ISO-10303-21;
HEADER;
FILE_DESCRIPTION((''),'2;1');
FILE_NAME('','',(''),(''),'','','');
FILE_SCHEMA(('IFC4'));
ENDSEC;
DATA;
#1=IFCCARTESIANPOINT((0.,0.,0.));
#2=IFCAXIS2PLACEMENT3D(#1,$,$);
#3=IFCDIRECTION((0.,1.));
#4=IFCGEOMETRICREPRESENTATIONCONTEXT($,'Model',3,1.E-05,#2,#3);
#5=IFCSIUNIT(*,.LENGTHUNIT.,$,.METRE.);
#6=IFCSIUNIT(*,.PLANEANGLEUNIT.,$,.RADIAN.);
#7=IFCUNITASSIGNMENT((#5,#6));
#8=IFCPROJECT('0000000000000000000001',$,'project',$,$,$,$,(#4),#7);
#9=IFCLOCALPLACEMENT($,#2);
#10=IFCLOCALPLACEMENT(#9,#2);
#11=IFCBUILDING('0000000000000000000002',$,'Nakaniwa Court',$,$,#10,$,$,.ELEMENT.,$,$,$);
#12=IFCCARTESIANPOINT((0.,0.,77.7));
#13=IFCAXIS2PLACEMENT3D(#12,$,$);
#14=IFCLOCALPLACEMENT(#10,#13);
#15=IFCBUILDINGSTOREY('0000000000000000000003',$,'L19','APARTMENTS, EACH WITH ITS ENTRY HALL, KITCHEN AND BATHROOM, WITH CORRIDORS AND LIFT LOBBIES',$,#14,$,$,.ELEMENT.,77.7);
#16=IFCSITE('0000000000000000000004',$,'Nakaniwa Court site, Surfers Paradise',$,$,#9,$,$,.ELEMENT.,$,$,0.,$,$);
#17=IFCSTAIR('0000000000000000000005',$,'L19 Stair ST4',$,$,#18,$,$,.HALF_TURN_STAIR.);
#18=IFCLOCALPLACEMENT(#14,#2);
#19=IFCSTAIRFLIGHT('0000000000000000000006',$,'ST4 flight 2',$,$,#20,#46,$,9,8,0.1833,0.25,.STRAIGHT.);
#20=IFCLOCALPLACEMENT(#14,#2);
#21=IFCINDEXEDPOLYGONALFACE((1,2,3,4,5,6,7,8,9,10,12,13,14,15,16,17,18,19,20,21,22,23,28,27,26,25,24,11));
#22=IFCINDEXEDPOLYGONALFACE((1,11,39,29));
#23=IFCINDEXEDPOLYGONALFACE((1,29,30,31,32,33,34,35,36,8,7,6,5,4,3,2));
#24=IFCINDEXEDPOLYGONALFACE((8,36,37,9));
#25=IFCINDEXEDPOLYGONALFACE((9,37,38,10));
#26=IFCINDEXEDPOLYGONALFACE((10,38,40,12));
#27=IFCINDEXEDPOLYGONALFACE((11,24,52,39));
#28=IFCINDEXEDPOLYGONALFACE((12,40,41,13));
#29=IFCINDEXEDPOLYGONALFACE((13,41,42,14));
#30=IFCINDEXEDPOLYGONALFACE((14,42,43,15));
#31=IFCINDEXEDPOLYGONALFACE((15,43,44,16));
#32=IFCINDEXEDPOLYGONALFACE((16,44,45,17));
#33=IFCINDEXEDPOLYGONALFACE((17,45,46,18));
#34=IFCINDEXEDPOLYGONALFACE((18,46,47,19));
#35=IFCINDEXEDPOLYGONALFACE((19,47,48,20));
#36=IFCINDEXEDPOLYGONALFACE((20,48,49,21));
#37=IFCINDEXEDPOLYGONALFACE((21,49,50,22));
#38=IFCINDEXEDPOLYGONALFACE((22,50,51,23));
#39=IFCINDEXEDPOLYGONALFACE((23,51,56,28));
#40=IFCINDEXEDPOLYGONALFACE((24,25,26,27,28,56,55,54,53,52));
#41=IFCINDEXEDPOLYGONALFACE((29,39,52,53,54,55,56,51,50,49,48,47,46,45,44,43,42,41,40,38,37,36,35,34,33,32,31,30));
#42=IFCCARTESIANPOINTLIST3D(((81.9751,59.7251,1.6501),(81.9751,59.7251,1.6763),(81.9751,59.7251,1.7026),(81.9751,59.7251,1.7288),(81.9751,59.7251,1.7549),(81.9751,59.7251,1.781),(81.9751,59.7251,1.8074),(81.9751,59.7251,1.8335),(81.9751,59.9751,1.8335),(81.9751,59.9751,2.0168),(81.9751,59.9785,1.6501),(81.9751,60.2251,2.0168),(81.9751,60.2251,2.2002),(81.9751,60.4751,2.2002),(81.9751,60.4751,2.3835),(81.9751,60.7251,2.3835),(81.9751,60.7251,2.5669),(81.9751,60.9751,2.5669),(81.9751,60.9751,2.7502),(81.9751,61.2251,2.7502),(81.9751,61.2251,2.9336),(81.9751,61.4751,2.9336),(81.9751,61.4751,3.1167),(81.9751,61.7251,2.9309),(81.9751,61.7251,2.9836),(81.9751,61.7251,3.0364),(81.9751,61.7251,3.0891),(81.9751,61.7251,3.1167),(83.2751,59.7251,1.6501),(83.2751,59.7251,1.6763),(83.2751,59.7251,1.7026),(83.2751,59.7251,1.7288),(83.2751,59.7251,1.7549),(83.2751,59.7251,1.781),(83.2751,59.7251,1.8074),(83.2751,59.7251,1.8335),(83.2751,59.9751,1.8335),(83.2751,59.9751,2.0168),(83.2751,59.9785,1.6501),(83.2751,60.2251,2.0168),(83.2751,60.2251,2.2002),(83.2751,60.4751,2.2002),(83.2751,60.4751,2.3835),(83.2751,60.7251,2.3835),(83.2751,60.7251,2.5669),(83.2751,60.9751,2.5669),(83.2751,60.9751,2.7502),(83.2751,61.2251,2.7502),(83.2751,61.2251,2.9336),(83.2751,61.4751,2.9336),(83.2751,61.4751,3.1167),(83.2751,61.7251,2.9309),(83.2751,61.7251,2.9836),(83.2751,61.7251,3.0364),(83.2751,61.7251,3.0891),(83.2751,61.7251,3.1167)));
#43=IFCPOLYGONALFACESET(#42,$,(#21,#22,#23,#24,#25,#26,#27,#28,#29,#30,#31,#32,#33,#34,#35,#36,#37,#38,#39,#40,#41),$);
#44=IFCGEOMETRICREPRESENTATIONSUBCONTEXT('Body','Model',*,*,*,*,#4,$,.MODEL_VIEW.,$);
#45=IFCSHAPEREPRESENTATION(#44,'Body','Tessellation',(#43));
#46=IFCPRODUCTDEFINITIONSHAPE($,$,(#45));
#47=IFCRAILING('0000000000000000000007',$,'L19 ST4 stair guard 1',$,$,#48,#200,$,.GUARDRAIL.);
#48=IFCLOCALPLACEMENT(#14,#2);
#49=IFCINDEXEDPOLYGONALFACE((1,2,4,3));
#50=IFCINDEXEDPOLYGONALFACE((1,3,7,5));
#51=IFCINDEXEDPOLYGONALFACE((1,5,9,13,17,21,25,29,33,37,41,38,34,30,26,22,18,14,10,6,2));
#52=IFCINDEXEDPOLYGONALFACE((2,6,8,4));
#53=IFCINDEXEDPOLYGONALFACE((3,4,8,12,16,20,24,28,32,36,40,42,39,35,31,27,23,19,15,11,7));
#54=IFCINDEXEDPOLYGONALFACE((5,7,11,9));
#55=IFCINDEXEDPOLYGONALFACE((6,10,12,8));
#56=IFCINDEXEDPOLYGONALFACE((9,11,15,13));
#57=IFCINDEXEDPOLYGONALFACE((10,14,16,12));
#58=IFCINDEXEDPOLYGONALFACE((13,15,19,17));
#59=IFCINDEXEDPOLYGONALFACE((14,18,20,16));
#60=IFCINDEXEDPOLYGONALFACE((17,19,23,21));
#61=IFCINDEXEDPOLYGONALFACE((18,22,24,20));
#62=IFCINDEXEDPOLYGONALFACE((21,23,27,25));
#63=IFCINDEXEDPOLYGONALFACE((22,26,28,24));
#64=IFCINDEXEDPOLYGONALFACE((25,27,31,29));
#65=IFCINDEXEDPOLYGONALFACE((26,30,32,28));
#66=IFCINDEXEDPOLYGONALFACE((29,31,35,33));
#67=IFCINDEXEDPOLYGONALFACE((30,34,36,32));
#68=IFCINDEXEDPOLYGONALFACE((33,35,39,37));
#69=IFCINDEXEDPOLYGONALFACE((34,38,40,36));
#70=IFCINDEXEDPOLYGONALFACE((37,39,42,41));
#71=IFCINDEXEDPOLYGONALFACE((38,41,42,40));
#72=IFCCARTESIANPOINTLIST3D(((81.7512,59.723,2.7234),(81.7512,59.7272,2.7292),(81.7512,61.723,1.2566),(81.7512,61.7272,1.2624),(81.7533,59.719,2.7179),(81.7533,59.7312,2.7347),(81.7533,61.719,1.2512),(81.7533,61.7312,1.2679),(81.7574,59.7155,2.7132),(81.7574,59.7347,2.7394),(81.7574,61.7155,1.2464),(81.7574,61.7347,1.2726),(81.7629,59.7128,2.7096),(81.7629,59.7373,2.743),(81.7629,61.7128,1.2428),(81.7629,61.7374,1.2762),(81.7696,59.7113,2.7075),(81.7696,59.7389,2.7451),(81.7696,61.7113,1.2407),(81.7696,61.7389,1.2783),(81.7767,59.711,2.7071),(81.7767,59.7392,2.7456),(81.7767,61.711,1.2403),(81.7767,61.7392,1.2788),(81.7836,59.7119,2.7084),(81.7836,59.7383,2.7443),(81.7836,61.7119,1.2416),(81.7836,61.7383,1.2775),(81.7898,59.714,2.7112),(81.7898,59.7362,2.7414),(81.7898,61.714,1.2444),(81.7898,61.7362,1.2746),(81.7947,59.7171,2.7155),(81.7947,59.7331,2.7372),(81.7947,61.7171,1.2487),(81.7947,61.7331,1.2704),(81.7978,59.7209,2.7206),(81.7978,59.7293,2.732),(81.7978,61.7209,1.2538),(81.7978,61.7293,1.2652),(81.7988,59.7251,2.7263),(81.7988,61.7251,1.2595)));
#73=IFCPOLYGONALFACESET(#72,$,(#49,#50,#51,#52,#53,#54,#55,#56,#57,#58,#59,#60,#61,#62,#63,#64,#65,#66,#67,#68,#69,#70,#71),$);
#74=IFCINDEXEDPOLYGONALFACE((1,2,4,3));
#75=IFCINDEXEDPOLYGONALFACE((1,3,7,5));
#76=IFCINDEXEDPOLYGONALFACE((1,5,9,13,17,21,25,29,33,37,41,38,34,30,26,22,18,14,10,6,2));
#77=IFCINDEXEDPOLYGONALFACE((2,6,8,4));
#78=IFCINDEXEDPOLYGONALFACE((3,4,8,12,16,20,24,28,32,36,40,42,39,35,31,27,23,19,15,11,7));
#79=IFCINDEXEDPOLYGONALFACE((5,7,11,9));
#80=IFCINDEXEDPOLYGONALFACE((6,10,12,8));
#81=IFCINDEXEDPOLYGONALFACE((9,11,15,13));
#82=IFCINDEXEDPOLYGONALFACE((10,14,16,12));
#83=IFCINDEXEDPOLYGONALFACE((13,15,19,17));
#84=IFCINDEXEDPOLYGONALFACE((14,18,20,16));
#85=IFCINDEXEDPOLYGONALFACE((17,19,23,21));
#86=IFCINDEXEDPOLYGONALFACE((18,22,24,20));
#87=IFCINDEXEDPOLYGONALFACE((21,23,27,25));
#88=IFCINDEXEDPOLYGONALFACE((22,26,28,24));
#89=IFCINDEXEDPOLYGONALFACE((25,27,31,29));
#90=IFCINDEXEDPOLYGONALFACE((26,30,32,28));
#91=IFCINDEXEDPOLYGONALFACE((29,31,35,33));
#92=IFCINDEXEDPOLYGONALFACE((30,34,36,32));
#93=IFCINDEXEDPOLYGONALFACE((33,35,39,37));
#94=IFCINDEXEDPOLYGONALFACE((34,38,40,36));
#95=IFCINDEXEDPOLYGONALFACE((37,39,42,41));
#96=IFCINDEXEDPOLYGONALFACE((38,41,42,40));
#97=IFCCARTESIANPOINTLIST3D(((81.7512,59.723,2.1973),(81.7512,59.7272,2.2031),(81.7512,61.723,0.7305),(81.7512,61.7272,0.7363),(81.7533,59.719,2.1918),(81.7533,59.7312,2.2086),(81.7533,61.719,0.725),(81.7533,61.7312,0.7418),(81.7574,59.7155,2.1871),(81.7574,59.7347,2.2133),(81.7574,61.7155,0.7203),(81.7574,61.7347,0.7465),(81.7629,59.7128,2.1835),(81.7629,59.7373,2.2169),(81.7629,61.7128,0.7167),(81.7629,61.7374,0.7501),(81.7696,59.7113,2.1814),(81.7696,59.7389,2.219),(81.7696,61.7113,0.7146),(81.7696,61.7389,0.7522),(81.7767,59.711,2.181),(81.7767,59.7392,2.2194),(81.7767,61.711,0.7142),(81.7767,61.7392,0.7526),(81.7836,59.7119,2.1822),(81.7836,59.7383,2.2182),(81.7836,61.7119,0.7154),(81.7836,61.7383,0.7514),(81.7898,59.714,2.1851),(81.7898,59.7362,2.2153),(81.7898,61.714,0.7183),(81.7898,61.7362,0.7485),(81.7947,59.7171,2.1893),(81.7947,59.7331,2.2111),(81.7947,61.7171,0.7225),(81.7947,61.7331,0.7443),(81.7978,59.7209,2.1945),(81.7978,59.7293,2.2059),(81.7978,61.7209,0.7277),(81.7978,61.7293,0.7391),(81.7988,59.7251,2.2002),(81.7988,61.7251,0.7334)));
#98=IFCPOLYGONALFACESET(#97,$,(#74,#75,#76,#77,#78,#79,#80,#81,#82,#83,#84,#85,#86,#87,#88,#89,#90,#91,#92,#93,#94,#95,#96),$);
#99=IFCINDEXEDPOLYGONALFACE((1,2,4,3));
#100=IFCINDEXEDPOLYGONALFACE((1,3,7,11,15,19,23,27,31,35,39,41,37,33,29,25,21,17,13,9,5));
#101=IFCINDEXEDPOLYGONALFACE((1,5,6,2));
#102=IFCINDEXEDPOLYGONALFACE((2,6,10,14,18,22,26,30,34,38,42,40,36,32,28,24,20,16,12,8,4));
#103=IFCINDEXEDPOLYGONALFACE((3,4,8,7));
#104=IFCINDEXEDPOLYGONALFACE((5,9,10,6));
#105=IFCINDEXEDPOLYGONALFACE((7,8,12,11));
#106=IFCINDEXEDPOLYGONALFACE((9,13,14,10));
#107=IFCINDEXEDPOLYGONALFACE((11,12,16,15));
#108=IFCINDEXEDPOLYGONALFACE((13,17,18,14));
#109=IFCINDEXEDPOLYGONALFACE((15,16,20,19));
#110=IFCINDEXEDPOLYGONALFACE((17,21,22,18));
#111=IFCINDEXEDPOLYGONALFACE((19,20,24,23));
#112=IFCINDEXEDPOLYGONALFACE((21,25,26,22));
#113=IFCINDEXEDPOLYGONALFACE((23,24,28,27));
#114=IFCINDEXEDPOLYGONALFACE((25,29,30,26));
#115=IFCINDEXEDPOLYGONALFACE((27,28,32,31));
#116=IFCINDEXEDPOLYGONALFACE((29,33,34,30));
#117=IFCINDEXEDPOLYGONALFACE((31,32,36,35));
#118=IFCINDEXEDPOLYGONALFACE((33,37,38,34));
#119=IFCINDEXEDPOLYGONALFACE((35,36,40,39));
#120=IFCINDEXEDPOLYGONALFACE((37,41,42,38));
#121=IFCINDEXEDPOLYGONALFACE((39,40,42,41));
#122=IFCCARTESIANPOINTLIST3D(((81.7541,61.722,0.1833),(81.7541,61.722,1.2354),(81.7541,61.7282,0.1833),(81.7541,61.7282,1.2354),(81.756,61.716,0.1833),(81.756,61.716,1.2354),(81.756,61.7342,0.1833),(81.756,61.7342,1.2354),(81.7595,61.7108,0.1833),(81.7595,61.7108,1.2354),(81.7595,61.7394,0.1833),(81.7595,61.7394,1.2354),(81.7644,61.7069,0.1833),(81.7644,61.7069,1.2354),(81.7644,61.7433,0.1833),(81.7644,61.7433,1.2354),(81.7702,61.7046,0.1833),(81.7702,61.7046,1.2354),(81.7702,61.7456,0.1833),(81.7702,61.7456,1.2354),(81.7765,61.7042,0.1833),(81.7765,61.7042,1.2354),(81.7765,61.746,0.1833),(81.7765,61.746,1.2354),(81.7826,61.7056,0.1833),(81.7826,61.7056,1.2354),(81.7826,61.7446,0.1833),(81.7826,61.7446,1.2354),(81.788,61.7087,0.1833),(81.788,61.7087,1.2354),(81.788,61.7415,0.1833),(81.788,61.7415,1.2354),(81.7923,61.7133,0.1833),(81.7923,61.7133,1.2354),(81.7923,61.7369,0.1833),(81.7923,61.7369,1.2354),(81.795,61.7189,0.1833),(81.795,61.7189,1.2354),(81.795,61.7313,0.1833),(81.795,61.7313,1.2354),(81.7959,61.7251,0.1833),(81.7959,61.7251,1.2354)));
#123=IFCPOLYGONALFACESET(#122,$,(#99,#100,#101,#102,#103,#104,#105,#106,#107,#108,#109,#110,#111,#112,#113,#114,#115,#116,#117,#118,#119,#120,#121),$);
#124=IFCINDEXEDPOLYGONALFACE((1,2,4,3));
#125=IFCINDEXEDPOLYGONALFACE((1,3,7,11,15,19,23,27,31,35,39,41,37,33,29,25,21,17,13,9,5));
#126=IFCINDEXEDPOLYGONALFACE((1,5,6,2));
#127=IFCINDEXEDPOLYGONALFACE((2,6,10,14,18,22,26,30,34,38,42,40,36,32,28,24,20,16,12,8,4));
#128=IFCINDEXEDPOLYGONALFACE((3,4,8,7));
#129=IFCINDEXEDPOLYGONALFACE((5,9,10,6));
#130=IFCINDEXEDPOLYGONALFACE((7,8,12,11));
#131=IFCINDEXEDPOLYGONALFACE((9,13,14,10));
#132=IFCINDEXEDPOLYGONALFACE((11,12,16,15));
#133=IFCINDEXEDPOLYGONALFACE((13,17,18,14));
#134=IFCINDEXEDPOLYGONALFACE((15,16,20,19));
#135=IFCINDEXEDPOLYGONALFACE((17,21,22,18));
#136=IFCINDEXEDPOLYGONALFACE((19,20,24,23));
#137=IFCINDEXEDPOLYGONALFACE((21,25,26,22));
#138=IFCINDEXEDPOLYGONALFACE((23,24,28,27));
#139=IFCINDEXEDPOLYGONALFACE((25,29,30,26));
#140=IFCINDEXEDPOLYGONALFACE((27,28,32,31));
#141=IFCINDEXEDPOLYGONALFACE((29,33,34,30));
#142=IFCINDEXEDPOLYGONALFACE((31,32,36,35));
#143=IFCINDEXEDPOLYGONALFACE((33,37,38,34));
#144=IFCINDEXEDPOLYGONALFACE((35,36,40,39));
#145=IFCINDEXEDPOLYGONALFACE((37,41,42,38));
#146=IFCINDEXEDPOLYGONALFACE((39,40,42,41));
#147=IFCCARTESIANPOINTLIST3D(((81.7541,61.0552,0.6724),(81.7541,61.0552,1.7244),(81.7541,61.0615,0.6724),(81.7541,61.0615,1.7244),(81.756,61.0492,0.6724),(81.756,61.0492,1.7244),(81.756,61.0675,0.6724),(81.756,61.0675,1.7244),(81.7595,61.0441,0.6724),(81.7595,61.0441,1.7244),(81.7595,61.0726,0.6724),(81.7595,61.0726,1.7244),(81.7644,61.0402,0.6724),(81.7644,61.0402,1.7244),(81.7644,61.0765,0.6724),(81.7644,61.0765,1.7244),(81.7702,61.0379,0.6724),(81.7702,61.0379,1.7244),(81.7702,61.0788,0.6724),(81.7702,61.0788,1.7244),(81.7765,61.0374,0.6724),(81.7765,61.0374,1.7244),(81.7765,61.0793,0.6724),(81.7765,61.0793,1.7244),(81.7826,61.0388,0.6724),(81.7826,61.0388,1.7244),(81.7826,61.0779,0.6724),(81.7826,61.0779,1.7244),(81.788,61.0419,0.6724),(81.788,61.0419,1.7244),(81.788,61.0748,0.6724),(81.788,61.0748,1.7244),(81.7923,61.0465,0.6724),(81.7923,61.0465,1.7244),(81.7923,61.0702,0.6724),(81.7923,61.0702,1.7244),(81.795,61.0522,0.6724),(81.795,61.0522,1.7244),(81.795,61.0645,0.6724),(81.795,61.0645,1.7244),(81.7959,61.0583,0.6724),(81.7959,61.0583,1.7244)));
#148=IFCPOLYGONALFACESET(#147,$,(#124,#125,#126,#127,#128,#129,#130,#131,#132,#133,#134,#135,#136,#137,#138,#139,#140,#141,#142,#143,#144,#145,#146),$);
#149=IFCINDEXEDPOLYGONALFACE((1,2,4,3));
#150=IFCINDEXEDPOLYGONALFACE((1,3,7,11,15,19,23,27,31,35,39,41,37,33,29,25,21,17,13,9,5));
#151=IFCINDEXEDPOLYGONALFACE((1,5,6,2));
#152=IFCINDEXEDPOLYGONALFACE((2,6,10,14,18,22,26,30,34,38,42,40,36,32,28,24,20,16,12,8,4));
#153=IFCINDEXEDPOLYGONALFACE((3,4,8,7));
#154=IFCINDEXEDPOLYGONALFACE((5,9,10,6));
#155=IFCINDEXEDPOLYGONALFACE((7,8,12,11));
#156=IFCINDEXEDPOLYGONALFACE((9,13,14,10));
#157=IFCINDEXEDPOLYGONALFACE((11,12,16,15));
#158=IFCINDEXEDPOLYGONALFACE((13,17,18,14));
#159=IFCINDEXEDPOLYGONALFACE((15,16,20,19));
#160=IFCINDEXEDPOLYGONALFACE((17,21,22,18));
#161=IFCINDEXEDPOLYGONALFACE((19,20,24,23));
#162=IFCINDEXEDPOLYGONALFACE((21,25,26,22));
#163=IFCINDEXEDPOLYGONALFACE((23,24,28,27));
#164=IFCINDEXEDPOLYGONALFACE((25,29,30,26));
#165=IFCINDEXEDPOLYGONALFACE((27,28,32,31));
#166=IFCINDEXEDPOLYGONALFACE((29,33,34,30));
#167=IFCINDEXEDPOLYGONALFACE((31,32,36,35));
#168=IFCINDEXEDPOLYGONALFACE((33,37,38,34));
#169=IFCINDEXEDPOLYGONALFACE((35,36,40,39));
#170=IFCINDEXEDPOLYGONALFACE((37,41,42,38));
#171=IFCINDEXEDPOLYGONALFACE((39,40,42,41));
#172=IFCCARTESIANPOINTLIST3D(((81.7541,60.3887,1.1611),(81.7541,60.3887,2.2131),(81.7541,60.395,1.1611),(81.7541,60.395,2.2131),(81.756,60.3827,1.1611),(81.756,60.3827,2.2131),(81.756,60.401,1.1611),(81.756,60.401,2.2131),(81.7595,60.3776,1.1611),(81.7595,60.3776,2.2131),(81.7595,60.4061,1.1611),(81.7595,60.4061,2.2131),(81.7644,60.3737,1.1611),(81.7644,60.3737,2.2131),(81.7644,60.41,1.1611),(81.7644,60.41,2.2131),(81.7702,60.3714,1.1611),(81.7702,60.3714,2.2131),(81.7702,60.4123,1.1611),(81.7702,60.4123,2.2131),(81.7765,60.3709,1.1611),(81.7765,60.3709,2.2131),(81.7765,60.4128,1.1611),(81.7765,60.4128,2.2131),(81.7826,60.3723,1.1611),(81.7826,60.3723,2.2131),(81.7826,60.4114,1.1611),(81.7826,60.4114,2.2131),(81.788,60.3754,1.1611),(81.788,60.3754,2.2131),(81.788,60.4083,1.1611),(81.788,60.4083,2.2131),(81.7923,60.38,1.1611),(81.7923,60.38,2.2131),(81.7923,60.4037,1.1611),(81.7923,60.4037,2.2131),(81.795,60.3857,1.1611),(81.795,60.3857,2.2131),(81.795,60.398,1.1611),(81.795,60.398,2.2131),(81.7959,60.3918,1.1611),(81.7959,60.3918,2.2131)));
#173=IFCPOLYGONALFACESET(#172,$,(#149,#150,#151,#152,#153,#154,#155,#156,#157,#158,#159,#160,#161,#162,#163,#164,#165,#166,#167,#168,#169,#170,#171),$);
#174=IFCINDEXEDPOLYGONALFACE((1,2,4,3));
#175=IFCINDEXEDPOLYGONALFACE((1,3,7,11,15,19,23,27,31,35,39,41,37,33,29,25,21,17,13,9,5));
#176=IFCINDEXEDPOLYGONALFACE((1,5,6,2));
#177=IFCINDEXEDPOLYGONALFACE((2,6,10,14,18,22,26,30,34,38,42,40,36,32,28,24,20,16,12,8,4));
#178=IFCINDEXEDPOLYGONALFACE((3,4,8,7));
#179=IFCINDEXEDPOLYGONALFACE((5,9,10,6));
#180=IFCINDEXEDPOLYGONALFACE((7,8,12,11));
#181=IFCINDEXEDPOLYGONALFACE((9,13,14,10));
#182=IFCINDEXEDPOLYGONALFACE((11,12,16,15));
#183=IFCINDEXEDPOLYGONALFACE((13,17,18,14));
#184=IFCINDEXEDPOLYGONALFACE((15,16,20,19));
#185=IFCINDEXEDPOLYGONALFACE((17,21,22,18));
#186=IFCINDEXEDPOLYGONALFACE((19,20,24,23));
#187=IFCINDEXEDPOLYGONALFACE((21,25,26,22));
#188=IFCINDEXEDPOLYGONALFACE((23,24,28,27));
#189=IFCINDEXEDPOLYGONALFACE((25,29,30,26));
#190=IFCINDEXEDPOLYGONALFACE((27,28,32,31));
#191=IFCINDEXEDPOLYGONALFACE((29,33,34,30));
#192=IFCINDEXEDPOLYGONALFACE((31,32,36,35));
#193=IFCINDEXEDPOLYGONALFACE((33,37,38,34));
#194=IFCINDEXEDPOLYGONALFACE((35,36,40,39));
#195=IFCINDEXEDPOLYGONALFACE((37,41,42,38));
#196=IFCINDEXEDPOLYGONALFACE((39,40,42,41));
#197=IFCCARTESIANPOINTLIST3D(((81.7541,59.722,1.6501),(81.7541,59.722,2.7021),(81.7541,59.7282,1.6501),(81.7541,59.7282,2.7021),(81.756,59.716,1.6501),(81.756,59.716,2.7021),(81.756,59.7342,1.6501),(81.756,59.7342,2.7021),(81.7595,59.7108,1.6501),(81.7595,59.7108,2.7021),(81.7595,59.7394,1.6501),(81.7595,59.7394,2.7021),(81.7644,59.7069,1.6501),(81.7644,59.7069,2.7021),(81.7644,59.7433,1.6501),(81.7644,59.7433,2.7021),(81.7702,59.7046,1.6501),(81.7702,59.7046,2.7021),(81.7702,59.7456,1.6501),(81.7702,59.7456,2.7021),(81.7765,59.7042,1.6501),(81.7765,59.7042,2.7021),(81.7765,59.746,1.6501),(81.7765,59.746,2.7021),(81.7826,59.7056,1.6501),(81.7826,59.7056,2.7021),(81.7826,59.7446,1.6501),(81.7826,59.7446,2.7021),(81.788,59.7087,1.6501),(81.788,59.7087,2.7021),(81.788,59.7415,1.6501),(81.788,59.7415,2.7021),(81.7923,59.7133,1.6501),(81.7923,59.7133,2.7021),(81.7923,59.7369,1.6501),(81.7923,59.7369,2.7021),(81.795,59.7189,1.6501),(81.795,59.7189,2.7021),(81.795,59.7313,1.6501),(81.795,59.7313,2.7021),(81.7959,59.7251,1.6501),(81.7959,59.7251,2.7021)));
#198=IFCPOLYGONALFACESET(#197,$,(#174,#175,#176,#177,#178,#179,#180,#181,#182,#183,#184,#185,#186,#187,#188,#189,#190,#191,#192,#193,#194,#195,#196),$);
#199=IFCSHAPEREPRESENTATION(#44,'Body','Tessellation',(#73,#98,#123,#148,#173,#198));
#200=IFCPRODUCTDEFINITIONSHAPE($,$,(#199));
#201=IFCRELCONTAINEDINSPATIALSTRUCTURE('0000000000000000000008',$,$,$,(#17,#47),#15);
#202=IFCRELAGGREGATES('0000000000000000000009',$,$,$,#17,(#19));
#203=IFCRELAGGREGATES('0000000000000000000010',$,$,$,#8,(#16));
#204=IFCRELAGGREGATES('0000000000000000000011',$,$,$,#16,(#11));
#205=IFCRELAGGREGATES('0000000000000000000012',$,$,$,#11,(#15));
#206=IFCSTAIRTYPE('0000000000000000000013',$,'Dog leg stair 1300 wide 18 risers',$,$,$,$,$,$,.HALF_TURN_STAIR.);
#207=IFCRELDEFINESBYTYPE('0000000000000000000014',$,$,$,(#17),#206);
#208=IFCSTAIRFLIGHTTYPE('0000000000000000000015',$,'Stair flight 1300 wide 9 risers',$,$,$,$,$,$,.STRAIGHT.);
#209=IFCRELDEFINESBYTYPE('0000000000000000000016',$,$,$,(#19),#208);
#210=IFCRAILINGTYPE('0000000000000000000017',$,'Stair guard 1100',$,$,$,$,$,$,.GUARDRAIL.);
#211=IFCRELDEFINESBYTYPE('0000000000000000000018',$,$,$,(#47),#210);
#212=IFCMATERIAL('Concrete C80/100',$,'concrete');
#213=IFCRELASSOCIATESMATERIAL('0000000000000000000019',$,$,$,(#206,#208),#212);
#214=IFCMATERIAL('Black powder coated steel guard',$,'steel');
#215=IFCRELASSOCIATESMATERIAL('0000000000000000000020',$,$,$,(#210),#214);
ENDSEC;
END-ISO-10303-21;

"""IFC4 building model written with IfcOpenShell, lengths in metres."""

from ifc_helpers import new_model, si_unit, direction, frame, origin, origin_2d, place, context, subcontext, project, spatial, polyline, circle, outline, extrude, material, type_object, element, aggregate, save


model = new_model("IFC4")

# Units and contexts
model_context = context("Model", 3, precision=1e-05, world=origin(), true_north=direction((0.0, 1.0)))
body_context = subcontext(model_context, "Body", "Model", "MODEL_VIEW")
ifc_project = project(units=[si_unit("LENGTHUNIT", "METRE"), si_unit("PLANEANGLEUNIT", "RADIAN")], contexts=[model_context])

# Site, building, storey
site_placement = place(None, origin())
site = spatial("IfcSite", under=ifc_project, at=site_placement, Name="Nakaniwa Court site, Surfers Paradise", CompositionType="ELEMENT", RefElevation=0.0)
building_placement = place(site_placement, origin())
building = spatial("IfcBuilding", under=site, at=building_placement, Name="Nakaniwa Court", CompositionType="ELEMENT")
storey_placement = place(building_placement, frame((0.0, 0.0, 77.7)))
storey = spatial("IfcBuildingStorey", under=building, at=storey_placement, Name="L19", Description="APARTMENTS, EACH WITH ITS ENTRY HALL, KITCHEN AND BATHROOM, WITH CORRIDORS AND LIFT LOBBIES", CompositionType="ELEMENT", Elevation=77.7)

# Shared definitions
ifc_material_1 = material(Name="Concrete C80/100", Category="concrete")

# Stair, stair flight
stair_type = type_object("IfcStairType", Name="Dog leg stair 1300 wide 18 risers", PredefinedType="HALF_TURN_STAIR", material=ifc_material_1)
stair_placement = place(storey_placement, origin())
stair = element("IfcStair", 1, at=stair_placement, inside=storey, type_object=stair_type, Name="L19 Stair ST4", PredefinedType="HALF_TURN_STAIR")
stair_flight_type = type_object("IfcStairFlightType", Name="Stair flight 1300 wide 9 risers", PredefinedType="STRAIGHT", material=ifc_material_1)
stair_flight_1_placement = place(storey_placement, frame((82.625, 59.7251, 1.6501), z_axis=(0.0, 0.0, 1.0), x_axis=(0.0, 1.0, 0.0)))
stair_flight_1 = element("IfcStairFlight", 2, at=stair_flight_1_placement, type_object=stair_flight_type, Name="ST4 flight 2", NumberOfRisers=9, NumberOfTreads=8, PredefinedType="STRAIGHT", RiserHeight=0.1833, TreadLength=0.25, context=body_context, shape_type="SweptSolid", body=[
    extrude(outline(polyline([(0.0, 0.0), (0.0, 0.0261), (0.0, 0.0525), (0.0, 0.0786), (0.0, 0.1047), (0.0, 0.1309), (0.0, 0.1572), (0.0, 0.1833), (0.25, 0.1833), (0.25, 0.3667), (0.5, 0.3667), (0.5, 0.55), (0.75, 0.55), (0.75, 0.7334), (1.0, 0.7334), (1.0, 0.9167), (1.25, 0.9167), (1.25, 1.1001), (1.5, 1.1001), (1.5, 1.2834), (1.75, 1.2834), (1.75, 1.4666), (2.0, 1.4666), (2.0, 1.6499), (2.0, 1.5972), (2.0, 1.5444), (2.0, 1.4917), (2.0, 1.439), (2.0, 1.3862), (2.0, 1.3335), (2.0, 1.2808), (0.2534, 0.0), (0.0, 0.0)])), frame((0.0, 0.6499, 0.0), z_axis=(0.0, -1.0, 0.0), x_axis=(1.0, 0.0, 0.0)), (0.0, 0.0, 1.0), 1.3),
])
aggregate(stair, [stair_flight_1])

# Railing
ifc_material_2 = material(Name="Black powder coated steel guard", Category="steel")
railing_type_1 = type_object("IfcRailingType", Name="Stair guard 1100", PredefinedType="GUARDRAIL", material=ifc_material_2)
railing_1_placement = place(storey_placement, frame((81.7749, 61.7251, 0.1833)))
element("IfcRailing", 3, at=railing_1_placement, inside=storey, type_object=railing_type_1, Name="L19 ST4 stair guard 1", PredefinedType="GUARDRAIL", context=body_context, shape_type="SweptSolid", body=[
    extrude(circle(Radius=0.0239, at=origin_2d()), frame((0.0, 0.0, 1.0762), z_axis=(0.0, -0.80638, 0.591398), x_axis=(1.0, 0.0, 0.0)), (0.0, 0.0, 1.0), 2.4802),
    extrude(circle(Radius=0.0239, at=origin_2d()), frame((0.0, 0.0, 0.55), z_axis=(0.0, -0.80638, 0.591398), x_axis=(1.0, 0.0, 0.0)), (0.0, 0.0, 1.0), 2.4802),
    extrude(circle(Radius=0.021, at=origin_2d()), origin(), (0.0, 0.0, 1.0), 1.052),
    extrude(circle(Radius=0.021, at=origin_2d()), frame((0.0, -0.6667, 0.489)), (0.0, 0.0, 1.0), 1.052),
    extrude(circle(Radius=0.021, at=origin_2d()), frame((0.0, -1.3333, 0.9778)), (0.0, 0.0, 1.0), 1.052),
    extrude(circle(Radius=0.021, at=origin_2d()), frame((0.0, -2.0, 1.4668)), (0.0, 0.0, 1.0), 1.052),
])

save(model, "model.ifc")
